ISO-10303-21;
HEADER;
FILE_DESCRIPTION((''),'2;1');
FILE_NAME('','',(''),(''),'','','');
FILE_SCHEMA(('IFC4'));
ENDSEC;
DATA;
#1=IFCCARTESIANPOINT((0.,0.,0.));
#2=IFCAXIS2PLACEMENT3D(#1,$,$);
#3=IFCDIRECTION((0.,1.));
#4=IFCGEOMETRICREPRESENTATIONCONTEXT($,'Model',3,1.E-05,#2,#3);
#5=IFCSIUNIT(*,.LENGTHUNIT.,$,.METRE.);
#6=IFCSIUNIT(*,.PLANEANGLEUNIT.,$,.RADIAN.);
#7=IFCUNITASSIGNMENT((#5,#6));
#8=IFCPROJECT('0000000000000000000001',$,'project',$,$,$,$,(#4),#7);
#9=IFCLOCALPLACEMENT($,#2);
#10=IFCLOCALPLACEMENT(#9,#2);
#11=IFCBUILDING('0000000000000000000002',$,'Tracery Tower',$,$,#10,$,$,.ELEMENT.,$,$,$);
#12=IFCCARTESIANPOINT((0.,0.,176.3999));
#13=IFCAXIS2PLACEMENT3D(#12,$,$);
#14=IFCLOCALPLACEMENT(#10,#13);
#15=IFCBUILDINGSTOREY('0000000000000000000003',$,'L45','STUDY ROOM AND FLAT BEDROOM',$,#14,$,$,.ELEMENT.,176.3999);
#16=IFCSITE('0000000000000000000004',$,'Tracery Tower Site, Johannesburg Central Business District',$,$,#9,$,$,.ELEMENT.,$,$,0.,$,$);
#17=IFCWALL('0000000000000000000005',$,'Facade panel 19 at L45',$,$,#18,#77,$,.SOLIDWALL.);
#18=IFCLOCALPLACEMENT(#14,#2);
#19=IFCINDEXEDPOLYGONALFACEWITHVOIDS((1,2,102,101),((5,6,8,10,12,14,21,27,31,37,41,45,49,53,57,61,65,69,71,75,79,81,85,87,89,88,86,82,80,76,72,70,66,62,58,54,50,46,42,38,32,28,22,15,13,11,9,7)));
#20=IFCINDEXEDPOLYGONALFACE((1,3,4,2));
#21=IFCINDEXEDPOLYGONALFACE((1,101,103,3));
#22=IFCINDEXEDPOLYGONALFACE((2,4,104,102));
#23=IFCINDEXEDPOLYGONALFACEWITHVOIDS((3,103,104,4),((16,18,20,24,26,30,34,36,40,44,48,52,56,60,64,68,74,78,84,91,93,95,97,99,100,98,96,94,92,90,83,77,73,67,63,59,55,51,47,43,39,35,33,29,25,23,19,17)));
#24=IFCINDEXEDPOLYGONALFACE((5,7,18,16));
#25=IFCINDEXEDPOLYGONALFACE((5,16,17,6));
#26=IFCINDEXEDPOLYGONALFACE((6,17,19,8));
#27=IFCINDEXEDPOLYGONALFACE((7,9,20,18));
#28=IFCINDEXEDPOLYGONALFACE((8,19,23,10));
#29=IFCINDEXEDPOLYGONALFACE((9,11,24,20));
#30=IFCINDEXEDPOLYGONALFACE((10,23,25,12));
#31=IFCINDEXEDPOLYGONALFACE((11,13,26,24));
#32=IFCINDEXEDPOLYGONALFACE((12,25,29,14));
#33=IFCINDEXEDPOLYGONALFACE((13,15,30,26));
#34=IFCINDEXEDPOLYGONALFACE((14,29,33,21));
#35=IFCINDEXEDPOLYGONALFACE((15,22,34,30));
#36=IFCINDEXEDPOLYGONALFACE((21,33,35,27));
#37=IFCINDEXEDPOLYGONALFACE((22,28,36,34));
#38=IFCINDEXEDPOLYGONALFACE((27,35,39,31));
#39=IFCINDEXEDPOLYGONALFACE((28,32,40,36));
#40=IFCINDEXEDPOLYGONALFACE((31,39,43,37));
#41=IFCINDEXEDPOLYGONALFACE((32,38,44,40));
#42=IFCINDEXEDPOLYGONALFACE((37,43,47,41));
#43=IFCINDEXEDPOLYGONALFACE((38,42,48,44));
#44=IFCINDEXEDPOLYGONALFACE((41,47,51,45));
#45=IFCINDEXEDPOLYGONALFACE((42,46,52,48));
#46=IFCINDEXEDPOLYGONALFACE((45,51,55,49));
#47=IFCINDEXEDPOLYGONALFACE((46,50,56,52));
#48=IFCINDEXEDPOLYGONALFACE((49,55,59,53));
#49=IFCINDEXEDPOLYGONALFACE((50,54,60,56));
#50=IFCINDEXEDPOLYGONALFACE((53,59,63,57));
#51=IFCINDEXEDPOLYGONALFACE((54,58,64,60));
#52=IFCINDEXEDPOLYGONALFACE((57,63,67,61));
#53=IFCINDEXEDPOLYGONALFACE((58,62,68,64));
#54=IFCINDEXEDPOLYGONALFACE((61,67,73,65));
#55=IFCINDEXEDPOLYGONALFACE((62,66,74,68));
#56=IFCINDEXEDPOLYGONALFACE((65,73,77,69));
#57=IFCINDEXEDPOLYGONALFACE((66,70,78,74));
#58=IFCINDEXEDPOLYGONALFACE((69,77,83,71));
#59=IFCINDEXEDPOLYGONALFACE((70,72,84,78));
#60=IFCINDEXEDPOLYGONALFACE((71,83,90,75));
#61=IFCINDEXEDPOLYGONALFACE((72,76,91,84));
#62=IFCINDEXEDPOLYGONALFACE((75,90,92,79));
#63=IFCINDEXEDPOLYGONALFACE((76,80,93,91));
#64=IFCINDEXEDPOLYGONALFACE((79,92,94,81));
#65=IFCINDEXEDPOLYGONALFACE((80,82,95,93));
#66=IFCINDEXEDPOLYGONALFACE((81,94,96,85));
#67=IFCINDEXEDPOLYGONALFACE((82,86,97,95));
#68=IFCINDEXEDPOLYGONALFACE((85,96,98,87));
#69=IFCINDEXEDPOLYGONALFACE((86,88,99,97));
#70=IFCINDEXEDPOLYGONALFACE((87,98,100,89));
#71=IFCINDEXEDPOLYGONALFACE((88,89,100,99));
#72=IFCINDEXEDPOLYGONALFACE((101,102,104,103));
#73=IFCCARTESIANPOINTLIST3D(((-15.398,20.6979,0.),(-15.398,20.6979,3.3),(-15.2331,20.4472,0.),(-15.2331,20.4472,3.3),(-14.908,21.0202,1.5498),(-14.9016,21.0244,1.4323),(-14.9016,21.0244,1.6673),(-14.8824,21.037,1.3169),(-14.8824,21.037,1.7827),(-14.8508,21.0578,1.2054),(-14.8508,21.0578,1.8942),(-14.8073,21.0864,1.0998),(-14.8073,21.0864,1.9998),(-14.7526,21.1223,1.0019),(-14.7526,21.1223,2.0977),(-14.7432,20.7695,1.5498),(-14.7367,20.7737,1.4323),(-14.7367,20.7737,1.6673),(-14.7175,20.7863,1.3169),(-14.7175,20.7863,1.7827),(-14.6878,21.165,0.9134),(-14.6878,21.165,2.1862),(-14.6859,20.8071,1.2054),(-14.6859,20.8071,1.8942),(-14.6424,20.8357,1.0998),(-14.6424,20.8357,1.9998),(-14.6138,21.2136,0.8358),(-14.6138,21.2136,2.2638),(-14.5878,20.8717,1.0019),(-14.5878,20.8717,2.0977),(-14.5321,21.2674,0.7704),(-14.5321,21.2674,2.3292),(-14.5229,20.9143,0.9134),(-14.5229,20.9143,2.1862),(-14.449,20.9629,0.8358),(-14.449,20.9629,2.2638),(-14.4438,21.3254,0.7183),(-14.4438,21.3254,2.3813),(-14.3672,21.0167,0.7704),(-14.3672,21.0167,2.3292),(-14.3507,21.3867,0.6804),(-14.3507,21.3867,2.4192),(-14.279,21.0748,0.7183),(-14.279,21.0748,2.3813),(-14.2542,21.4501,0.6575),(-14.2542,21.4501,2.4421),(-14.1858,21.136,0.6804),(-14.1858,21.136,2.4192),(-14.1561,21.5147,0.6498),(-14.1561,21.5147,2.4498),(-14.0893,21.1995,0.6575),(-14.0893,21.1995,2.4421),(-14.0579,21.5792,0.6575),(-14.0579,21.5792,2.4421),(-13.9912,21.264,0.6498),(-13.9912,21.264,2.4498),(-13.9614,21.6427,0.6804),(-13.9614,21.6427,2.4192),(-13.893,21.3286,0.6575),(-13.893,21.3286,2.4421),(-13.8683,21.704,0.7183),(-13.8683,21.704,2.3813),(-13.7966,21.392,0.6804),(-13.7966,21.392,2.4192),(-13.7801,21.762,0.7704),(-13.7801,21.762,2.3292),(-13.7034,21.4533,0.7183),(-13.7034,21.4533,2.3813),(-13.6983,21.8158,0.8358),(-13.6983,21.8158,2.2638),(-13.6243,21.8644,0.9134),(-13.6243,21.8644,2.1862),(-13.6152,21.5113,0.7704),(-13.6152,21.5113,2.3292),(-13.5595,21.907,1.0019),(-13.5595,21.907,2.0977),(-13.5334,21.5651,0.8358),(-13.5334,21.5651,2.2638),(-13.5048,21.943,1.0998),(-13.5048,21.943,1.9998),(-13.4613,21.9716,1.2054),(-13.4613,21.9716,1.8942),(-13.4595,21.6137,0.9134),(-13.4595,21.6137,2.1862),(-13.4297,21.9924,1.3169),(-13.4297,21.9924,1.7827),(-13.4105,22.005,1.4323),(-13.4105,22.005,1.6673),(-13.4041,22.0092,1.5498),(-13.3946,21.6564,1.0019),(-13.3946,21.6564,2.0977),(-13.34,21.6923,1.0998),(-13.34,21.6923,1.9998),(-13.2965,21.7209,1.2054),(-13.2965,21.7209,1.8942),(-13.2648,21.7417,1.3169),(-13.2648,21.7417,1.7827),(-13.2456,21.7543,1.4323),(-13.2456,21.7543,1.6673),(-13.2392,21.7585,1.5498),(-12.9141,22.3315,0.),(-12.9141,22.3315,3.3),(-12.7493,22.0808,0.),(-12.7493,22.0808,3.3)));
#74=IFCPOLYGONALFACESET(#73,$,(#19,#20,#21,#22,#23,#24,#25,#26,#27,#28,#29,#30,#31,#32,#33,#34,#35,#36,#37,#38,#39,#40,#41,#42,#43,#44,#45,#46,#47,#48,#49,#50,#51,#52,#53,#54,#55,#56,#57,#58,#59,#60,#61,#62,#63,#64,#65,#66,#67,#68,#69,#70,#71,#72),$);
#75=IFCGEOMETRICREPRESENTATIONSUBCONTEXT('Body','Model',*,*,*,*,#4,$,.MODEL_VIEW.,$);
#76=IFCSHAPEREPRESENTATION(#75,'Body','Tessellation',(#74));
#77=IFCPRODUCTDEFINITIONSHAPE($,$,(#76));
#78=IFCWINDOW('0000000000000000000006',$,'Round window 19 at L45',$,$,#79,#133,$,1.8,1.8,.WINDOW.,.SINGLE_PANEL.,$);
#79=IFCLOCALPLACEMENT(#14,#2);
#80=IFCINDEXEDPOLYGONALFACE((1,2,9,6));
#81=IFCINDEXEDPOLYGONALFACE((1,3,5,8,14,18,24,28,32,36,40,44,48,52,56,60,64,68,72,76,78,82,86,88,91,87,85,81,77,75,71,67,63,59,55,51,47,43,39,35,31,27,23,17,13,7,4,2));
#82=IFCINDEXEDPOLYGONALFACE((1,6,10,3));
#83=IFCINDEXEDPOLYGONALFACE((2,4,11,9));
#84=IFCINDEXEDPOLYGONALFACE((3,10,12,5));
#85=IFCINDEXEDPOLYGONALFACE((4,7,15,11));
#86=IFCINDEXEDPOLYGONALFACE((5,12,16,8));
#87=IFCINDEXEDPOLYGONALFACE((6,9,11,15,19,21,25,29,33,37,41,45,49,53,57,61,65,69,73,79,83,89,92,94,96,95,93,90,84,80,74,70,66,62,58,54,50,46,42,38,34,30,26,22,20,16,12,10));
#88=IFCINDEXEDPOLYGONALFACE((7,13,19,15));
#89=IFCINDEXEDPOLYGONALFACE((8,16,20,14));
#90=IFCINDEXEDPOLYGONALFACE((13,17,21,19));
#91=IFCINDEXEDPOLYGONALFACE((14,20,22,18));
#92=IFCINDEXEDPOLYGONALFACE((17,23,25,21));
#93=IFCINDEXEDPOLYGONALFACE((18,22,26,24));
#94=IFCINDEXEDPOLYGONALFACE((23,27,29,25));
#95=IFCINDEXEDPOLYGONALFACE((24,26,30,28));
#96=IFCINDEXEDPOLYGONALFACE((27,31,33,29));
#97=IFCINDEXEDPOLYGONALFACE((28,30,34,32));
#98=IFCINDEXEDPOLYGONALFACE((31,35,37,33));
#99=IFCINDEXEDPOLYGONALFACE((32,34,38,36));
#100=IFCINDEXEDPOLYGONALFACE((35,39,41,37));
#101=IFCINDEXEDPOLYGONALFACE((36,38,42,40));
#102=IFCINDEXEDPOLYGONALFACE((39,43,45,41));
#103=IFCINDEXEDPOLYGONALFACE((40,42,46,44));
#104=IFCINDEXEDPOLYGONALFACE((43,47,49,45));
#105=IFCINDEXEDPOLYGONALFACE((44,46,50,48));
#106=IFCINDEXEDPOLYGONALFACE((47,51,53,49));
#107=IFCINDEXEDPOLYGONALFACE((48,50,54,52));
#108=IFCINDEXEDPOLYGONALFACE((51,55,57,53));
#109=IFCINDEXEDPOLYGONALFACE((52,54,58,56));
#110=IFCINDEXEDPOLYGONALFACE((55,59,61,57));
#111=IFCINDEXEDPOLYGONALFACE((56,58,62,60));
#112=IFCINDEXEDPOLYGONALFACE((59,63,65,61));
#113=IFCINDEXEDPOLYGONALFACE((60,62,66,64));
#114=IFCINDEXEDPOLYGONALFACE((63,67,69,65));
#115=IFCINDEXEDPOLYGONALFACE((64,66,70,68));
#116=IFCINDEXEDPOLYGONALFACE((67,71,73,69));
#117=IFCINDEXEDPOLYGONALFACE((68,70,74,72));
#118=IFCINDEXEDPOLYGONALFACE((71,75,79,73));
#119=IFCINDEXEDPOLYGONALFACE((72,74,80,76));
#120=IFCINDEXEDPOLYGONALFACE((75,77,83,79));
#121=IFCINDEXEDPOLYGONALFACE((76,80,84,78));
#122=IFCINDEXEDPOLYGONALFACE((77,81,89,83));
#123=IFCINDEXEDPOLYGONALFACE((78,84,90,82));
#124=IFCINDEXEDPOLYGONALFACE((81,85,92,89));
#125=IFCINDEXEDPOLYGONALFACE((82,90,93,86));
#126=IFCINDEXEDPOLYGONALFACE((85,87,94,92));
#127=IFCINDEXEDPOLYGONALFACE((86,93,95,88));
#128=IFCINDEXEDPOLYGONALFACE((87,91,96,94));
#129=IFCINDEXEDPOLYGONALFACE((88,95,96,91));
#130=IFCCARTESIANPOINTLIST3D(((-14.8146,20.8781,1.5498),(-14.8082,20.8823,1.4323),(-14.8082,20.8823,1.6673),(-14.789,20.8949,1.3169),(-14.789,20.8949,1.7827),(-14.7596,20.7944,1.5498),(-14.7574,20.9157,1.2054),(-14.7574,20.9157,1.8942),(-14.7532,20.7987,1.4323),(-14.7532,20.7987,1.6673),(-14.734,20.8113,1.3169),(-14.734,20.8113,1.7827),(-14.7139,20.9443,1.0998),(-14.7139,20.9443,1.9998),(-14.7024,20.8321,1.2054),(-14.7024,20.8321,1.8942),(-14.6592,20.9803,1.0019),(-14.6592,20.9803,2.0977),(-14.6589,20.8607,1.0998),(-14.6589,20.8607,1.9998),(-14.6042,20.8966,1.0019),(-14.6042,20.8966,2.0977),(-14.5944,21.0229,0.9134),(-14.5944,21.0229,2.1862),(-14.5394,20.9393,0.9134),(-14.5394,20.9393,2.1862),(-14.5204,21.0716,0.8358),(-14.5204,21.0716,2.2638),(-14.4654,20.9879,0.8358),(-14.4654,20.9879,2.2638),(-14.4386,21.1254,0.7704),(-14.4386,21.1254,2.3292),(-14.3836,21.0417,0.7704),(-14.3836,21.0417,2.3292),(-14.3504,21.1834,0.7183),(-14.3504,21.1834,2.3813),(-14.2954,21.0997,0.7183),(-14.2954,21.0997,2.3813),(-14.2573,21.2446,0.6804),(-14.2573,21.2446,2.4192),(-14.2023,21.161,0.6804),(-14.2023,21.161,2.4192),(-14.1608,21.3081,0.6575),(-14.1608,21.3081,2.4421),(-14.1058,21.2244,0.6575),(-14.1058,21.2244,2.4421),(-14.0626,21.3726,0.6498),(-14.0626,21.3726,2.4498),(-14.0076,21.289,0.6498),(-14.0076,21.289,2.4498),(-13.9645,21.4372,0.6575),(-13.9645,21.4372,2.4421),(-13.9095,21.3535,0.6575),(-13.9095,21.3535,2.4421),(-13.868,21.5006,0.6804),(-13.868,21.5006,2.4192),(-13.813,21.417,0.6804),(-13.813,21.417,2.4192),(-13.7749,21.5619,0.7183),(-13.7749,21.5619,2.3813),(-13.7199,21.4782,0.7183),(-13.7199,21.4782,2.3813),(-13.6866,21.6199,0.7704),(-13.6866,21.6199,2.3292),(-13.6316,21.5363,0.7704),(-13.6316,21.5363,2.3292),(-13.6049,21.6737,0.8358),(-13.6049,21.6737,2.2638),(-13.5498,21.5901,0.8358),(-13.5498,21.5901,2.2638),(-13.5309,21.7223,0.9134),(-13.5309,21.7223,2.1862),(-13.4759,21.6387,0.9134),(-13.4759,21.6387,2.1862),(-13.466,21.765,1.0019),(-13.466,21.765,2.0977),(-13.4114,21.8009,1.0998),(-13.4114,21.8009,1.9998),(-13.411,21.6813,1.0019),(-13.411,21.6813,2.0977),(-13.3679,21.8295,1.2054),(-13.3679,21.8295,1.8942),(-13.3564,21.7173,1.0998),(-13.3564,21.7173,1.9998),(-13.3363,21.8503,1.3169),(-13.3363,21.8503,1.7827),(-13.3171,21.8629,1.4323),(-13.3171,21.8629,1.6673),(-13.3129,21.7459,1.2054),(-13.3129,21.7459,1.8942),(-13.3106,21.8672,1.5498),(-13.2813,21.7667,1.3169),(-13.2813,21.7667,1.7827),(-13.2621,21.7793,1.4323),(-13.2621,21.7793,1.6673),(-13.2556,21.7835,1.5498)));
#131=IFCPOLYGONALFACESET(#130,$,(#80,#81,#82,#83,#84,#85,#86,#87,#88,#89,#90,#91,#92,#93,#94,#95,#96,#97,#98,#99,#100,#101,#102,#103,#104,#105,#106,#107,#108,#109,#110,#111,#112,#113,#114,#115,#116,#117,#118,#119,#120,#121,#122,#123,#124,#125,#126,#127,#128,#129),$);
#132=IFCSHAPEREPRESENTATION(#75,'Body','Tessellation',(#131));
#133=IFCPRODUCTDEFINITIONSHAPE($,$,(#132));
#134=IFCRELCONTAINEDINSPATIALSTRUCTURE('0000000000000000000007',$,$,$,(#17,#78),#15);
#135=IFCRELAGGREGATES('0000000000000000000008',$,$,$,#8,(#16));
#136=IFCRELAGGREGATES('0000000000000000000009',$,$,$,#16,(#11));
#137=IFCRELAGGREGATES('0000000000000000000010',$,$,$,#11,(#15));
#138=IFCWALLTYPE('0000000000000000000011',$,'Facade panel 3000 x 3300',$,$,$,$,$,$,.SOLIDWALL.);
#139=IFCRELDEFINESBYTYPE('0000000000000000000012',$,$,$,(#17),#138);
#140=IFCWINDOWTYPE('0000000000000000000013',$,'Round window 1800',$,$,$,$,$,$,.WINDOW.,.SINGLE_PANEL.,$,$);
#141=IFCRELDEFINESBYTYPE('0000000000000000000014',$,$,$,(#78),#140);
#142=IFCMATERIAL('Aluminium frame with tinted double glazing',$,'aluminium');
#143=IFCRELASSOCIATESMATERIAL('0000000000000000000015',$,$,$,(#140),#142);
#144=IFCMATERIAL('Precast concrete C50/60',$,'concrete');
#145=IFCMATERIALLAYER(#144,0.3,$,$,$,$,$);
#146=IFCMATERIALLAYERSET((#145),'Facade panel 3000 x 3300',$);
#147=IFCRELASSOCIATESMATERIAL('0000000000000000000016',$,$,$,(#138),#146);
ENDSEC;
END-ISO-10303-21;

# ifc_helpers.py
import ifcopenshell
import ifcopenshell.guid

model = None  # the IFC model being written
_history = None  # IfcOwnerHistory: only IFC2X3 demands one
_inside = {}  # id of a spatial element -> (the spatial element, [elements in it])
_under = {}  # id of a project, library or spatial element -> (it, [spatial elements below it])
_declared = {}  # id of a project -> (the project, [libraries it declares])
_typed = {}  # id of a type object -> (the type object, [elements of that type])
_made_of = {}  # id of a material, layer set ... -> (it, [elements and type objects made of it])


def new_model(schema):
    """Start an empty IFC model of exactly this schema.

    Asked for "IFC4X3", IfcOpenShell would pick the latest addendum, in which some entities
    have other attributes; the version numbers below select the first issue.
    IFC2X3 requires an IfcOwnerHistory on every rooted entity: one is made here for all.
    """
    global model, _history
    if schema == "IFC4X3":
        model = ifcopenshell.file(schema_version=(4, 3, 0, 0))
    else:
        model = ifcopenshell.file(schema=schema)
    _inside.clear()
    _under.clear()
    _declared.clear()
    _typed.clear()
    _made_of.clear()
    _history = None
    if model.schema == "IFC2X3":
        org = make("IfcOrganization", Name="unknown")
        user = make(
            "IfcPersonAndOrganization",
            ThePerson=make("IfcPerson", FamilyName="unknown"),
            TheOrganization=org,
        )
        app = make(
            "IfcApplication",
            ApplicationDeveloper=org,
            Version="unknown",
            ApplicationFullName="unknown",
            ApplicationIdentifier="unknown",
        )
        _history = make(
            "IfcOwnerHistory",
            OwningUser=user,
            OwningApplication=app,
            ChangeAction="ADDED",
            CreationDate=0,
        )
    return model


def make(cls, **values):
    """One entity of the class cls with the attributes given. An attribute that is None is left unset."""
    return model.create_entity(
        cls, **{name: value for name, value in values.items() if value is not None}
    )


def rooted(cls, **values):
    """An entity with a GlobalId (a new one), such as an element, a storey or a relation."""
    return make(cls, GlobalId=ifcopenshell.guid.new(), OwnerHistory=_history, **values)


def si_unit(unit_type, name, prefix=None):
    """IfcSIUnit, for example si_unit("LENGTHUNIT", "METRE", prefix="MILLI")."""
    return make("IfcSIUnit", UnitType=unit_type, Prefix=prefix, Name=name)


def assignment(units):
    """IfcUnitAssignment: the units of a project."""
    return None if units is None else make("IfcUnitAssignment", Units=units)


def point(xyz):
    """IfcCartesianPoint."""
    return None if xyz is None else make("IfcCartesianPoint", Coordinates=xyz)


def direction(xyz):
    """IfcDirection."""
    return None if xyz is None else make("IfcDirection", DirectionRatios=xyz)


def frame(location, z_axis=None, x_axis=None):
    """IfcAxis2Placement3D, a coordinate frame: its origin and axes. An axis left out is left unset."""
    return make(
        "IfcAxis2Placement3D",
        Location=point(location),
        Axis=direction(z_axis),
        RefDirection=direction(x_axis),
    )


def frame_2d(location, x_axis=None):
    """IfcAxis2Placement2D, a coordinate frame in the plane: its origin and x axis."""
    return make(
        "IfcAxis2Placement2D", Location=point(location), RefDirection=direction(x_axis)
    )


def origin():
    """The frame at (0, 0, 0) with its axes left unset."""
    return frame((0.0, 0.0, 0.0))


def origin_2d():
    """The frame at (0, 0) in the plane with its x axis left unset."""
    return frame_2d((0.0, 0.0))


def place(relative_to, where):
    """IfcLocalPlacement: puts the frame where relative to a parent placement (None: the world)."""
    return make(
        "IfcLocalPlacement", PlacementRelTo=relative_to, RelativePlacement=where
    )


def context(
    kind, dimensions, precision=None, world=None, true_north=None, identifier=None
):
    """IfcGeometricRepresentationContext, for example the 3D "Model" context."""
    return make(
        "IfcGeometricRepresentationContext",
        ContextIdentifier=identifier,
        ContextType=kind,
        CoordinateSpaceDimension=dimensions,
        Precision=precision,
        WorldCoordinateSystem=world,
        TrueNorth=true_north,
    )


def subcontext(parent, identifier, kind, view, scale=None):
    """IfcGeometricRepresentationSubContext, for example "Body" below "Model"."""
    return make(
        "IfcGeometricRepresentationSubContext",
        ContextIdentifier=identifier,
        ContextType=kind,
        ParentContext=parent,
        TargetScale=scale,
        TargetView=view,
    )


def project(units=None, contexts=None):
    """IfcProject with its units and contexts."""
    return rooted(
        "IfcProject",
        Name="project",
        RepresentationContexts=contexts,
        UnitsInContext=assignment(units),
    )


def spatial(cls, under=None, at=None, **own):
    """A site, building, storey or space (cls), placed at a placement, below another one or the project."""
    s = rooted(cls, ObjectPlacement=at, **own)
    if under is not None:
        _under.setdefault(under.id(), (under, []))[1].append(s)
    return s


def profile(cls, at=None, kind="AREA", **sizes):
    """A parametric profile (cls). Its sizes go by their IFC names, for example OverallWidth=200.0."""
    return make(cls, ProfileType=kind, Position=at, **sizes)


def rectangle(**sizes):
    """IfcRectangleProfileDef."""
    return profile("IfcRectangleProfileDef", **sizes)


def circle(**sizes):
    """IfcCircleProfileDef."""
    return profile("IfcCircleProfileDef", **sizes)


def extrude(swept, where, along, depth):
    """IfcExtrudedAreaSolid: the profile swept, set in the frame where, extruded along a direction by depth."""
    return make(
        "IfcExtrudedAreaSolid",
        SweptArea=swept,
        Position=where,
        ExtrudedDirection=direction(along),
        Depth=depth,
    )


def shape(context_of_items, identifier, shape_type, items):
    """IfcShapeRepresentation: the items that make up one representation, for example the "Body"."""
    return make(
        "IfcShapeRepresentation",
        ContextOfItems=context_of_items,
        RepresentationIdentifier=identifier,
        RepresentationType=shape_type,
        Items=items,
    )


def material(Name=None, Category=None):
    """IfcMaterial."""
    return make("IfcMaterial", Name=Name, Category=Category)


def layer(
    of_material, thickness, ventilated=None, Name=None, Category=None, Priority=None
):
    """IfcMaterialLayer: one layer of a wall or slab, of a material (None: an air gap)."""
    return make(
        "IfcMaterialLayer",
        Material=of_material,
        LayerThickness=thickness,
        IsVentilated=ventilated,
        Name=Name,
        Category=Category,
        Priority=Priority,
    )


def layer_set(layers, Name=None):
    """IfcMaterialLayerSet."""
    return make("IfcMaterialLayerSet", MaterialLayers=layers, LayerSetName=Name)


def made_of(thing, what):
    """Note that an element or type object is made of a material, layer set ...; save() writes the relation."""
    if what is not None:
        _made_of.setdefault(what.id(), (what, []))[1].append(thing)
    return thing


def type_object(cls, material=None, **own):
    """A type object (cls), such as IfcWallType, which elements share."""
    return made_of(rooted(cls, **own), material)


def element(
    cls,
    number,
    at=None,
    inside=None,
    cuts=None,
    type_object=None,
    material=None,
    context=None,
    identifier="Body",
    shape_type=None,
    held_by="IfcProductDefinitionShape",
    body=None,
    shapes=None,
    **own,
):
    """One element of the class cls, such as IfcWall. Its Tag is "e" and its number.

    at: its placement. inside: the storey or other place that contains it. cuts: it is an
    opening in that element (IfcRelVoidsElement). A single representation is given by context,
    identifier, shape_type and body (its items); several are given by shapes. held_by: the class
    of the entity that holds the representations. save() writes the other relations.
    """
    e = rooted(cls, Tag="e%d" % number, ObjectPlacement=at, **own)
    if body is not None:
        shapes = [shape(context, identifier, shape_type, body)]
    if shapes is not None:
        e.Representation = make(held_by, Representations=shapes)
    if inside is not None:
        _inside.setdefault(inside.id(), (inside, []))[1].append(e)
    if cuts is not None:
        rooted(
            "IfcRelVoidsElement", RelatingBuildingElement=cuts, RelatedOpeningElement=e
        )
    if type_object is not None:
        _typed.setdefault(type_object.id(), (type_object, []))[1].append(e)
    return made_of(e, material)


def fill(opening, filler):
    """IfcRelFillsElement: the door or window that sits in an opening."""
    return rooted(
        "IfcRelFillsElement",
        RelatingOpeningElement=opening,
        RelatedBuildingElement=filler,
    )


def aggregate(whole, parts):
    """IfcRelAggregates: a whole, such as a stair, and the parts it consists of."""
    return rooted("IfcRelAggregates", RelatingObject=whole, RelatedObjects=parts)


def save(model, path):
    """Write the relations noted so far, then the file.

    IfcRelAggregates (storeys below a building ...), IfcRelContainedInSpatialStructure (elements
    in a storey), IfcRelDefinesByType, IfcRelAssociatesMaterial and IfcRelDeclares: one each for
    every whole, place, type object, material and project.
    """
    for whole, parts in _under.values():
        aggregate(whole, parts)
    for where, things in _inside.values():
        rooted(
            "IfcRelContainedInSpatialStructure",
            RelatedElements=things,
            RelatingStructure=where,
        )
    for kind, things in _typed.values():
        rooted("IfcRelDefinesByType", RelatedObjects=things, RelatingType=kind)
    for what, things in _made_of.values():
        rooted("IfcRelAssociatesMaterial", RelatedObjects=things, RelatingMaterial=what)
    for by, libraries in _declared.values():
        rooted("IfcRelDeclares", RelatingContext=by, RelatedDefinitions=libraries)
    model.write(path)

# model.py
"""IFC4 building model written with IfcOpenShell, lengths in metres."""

from ifc_helpers import new_model, si_unit, direction, frame, frame_2d, origin, origin_2d, place, context, subcontext, project, spatial, rectangle, circle, extrude, material, layer, layer_set, type_object, element, fill, save


model = new_model("IFC4")

# Units and contexts
model_context = context("Model", 3, precision=1e-05, world=origin(), true_north=direction((0.0, 1.0)))
body_context = subcontext(model_context, "Body", "Model", "MODEL_VIEW")
ifc_project = project(units=[si_unit("LENGTHUNIT", "METRE"), si_unit("PLANEANGLEUNIT", "RADIAN")], contexts=[model_context])

# Site, building, storey
site_placement = place(None, origin())
site = spatial("IfcSite", under=ifc_project, at=site_placement, Name="Tracery Tower Site, Johannesburg Central Business District", CompositionType="ELEMENT", RefElevation=0.0)
building_placement = place(site_placement, origin())
building = spatial("IfcBuilding", under=site, at=building_placement, Name="Tracery Tower", CompositionType="ELEMENT")
storey_placement = place(building_placement, frame((0.0, 0.0, 176.3999)))
storey = spatial("IfcBuildingStorey", under=building, at=storey_placement, Name="L45", Description="STUDY ROOM AND FLAT BEDROOM", CompositionType="ELEMENT", Elevation=176.3999)

# Wall, opening, window
ifc_material_1 = material(Name="Aluminium frame with tinted double glazing", Category="aluminium")
window_type = type_object("IfcWindowType", Name="Round window 1800", PartitioningType="SINGLE_PANEL", PredefinedType="WINDOW", material=ifc_material_1)
ifc_material_2 = material(Name="Precast concrete C50/60", Category="concrete")
ifc_layer_1 = layer(ifc_material_2, 0.3)
ifc_layer_set_1 = layer_set([ifc_layer_1], Name="Facade panel 3000 x 3300")
wall_type_1 = type_object("IfcWallType", Name="Facade panel 3000 x 3300", PredefinedType="SOLIDWALL", material=ifc_layer_set_1)
wall_1_placement = place(storey_placement, frame((-12.8318, 22.2061, 0.0), z_axis=(0.0, 0.0, 1.0), x_axis=(-0.835508, -0.549478, 0.0)))
wall_1 = element("IfcWall", 1, at=wall_1_placement, inside=storey, type_object=wall_type_1, Name="Facade panel 19 at L45", PredefinedType="SOLIDWALL", context=body_context, shape_type="SweptSolid", body=[
    extrude(rectangle(XDim=2.9729, YDim=0.3, at=frame_2d((1.4863, 0.0))), origin(), (0.0, 0.0, 1.0), 3.3),
])
opening_1_placement = place(wall_1_placement, frame((1.4863, 0.0, 1.5498)))
opening_1 = element("IfcOpeningElement", 2, at=opening_1_placement, cuts=wall_1, PredefinedType="OPENING", context=body_context, shape_type="SweptSolid", body=[
    extrude(circle(Radius=0.9, at=origin_2d()), frame((0.0, 0.1599, 0.0), z_axis=(0.0, -1.0, 0.0), x_axis=(1.0, 0.0, 0.0)), (0.0, 0.0, 1.0), 0.3201),
])
window_1_placement = place(opening_1_placement, origin())
window_1 = element("IfcWindow", 3, at=window_1_placement, inside=storey, type_object=window_type, Name="Round window 19 at L45", OverallHeight=1.8, OverallWidth=1.8, PartitioningType="SINGLE_PANEL", PredefinedType="WINDOW", context=body_context, shape_type="SweptSolid", body=[
    extrude(circle(Radius=0.9, at=origin_2d()), frame((0.0, 0.1201, 0.0), z_axis=(0.0, -1.0, 0.0), x_axis=(1.0, 0.0, 0.0)), (0.0, 0.0, 1.0), 0.1001),
])
fill(opening_1, window_1)

save(model, "model.ifc")
